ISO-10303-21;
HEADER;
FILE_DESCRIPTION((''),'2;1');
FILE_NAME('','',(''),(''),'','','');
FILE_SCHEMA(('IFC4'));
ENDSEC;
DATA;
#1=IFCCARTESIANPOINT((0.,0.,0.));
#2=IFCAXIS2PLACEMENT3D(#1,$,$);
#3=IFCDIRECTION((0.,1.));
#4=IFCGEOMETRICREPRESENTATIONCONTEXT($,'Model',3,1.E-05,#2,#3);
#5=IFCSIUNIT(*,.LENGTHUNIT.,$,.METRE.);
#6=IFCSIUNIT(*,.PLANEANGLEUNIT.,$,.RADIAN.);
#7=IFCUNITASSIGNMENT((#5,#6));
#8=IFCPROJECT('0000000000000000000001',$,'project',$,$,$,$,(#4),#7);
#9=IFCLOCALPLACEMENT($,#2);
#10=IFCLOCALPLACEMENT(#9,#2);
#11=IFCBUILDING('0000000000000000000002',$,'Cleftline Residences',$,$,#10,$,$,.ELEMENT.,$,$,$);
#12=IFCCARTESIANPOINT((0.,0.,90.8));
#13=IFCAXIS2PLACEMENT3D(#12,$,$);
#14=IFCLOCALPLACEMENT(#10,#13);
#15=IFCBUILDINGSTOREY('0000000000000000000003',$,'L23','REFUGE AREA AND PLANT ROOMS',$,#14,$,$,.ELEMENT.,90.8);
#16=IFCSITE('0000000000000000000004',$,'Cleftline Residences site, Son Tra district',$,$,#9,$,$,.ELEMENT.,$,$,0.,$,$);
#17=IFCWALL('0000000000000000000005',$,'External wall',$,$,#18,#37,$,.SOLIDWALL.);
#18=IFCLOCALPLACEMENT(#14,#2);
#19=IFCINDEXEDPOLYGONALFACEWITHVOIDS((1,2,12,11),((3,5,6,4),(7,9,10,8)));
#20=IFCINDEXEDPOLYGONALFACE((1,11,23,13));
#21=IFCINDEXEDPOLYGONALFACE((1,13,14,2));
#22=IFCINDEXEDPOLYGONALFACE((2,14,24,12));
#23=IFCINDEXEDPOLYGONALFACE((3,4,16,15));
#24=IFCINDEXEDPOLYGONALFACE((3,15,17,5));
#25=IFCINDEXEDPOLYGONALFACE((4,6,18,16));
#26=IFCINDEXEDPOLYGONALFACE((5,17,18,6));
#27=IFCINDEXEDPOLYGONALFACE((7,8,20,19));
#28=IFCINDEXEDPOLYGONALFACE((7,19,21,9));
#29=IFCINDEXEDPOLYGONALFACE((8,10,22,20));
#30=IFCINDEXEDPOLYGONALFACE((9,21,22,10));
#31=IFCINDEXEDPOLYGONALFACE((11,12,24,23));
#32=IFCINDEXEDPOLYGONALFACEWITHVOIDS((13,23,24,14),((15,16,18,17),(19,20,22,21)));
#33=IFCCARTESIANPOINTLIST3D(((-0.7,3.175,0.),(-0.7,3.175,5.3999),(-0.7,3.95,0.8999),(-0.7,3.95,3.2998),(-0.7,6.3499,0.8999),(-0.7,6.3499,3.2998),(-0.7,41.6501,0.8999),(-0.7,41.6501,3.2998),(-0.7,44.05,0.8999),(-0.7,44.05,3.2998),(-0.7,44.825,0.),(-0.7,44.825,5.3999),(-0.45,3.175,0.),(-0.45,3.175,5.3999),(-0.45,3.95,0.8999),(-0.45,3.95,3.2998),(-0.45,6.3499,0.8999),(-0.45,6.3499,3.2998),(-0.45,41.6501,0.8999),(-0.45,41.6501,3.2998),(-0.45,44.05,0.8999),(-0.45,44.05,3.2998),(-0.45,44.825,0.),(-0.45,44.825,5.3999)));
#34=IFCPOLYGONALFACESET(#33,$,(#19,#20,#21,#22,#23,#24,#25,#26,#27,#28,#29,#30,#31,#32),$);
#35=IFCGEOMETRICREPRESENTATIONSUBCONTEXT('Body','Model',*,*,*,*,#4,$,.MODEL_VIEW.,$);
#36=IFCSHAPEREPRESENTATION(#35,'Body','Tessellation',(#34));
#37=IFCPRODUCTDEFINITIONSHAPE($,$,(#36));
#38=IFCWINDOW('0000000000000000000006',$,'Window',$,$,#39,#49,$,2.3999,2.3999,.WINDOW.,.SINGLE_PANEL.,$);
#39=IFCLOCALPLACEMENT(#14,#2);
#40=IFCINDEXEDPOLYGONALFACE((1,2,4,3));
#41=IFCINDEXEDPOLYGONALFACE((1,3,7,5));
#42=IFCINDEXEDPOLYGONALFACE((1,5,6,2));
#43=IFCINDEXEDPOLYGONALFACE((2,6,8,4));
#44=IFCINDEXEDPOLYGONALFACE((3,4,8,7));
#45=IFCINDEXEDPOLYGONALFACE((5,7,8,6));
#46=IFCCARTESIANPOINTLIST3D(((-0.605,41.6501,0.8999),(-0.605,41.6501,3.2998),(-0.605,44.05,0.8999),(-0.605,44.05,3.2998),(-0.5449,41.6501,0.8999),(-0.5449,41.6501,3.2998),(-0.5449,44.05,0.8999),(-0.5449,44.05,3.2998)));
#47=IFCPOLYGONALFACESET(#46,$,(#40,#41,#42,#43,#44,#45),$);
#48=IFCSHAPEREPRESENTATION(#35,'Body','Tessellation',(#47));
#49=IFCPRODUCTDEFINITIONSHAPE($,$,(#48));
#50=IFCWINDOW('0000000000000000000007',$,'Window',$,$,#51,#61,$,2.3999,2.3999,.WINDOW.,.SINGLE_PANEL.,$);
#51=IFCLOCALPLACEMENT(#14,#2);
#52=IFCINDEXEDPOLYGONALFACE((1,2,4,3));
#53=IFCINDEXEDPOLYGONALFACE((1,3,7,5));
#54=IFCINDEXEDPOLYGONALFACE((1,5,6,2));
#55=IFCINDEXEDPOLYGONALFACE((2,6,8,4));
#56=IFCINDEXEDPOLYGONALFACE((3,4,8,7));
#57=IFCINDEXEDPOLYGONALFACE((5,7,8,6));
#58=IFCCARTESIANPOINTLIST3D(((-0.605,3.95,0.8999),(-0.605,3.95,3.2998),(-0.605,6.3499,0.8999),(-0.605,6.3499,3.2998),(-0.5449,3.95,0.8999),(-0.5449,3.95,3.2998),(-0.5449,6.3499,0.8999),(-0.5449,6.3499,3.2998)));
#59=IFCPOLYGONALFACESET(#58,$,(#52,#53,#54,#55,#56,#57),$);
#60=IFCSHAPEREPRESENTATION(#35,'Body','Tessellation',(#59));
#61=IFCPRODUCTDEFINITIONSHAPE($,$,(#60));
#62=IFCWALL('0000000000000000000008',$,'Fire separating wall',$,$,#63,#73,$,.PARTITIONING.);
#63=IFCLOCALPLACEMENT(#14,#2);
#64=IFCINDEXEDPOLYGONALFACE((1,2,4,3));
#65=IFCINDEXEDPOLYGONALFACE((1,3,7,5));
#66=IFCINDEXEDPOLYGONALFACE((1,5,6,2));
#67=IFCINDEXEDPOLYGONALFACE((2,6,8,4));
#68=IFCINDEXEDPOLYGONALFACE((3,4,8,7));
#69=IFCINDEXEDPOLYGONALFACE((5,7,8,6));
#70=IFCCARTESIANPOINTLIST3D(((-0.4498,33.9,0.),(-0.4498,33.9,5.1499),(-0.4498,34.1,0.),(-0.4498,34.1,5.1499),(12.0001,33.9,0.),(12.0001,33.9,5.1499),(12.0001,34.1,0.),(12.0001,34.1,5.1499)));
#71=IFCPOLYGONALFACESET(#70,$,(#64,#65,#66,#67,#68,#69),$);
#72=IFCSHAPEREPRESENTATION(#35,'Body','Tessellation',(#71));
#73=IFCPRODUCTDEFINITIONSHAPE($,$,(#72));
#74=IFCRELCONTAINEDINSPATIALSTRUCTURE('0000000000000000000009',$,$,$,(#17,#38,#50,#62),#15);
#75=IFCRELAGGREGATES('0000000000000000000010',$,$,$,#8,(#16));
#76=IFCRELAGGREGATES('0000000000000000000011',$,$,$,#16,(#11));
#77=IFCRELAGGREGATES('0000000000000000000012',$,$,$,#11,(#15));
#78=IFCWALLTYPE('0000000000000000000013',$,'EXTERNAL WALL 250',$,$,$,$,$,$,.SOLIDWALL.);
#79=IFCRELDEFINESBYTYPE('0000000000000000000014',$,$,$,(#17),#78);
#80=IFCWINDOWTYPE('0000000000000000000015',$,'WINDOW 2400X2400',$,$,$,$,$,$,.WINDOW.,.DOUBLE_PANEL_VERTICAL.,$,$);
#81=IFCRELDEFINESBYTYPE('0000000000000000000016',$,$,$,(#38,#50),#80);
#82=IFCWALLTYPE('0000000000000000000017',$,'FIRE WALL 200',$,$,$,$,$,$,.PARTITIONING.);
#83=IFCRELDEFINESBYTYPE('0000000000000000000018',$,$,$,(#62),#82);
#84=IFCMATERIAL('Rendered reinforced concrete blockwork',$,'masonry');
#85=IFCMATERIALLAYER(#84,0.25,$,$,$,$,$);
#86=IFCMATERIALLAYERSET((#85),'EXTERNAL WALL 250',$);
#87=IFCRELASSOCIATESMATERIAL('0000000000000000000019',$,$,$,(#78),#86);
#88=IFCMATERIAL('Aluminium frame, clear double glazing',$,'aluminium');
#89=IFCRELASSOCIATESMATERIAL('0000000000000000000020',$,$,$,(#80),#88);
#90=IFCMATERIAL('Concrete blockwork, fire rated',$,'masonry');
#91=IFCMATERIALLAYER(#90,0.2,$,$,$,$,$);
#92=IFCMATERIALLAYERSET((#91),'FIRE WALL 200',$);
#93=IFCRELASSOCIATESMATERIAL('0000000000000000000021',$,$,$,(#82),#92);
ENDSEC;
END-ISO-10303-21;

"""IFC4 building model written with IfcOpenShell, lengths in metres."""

from ifc_helpers import new_model, si_unit, direction, frame, frame_2d, origin, place, context, subcontext, project, spatial, rectangle, extrude, material, layer, layer_set, type_object, element, fill, save


model = new_model("IFC4")

# Units and contexts
model_context = context("Model", 3, precision=1e-05, world=origin(), true_north=direction((0.0, 1.0)))
body_context = subcontext(model_context, "Body", "Model", "MODEL_VIEW")
ifc_project = project(units=[si_unit("LENGTHUNIT", "METRE"), si_unit("PLANEANGLEUNIT", "RADIAN")], contexts=[model_context])

# Site, building, storey
site_placement = place(None, origin())
site = spatial("IfcSite", under=ifc_project, at=site_placement, Name="Cleftline Residences site, Son Tra district", CompositionType="ELEMENT", RefElevation=0.0)
building_placement = place(site_placement, origin())
building = spatial("IfcBuilding", under=site, at=building_placement, Name="Cleftline Residences", CompositionType="ELEMENT")
storey_placement = place(building_placement, frame((0.0, 0.0, 90.8)))
storey = spatial("IfcBuildingStorey", under=building, at=storey_placement, Name="L23", Description="REFUGE AREA AND PLANT ROOMS", CompositionType="ELEMENT", Elevation=90.8)

# Shared definitions
ifc_material_1 = material(Name="Rendered reinforced concrete blockwork", Category="masonry")
ifc_layer_1 = layer(ifc_material_1, 0.25)
ifc_layer_set_1 = layer_set([ifc_layer_1], Name="EXTERNAL WALL 250")
wall_type_1 = type_object("IfcWallType", Name="EXTERNAL WALL 250", PredefinedType="SOLIDWALL", material=ifc_layer_set_1)
ifc_material_2 = material(Name="Aluminium frame, clear double glazing", Category="aluminium")
window_type = type_object("IfcWindowType", Name="WINDOW 2400X2400", PartitioningType="DOUBLE_PANEL_VERTICAL", PredefinedType="WINDOW", material=ifc_material_2)

# Wall, openings, windows
wall_1_placement = place(storey_placement, frame((-0.575, 44.825, 0.0), z_axis=(0.0, 0.0, 1.0), x_axis=(0.0, -1.0, 0.0)))
wall_1 = element("IfcWall", 1, at=wall_1_placement, inside=storey, type_object=wall_type_1, Name="External wall", PredefinedType="SOLIDWALL", context=body_context, shape_type="SweptSolid", body=[
    extrude(rectangle(XDim=41.6499, YDim=0.25, at=frame_2d((20.825, 0.0))), origin(), (0.0, 0.0, 1.0), 5.3999),
])
opening_1_placement = place(wall_1_placement, frame((0.7749, 0.0, 0.8999)))
opening_1 = element("IfcOpeningElement", 2, at=opening_1_placement, cuts=wall_1, PredefinedType="OPENING", context=body_context, shape_type="SweptSolid", body=[
    extrude(rectangle(XDim=2.3999, YDim=2.3999, at=frame_2d((1.2, 1.2))), frame((0.0, 0.135, 0.0), z_axis=(0.0, -1.0, 0.0), x_axis=(1.0, 0.0, 0.0)), (0.0, 0.0, 1.0), 0.27),
])
opening_2_placement = place(wall_1_placement, frame((38.4751, 0.0, 0.8999)))
opening_2 = element("IfcOpeningElement", 3, at=opening_2_placement, cuts=wall_1, PredefinedType="OPENING", context=body_context, shape_type="SweptSolid", body=[
    extrude(rectangle(XDim=2.3999, YDim=2.3999, at=frame_2d((1.2, 1.2))), frame((0.0, 0.135, 0.0), z_axis=(0.0, -1.0, 0.0), x_axis=(1.0, 0.0, 0.0)), (0.0, 0.0, 1.0), 0.27),
])
window_1_placement = place(opening_1_placement, origin())
window_1 = element("IfcWindow", 4, at=window_1_placement, inside=storey, type_object=window_type, Name="Window", OverallHeight=2.3999, OverallWidth=2.3999, PartitioningType="SINGLE_PANEL", PredefinedType="WINDOW", context=body_context, shape_type="SweptSolid", body=[
    extrude(rectangle(XDim=2.3999, YDim=2.3999, at=frame_2d((1.2, 1.2))), frame((0.0, 0.03, 0.0), z_axis=(0.0, -1.0, 0.0), x_axis=(1.0, 0.0, 0.0)), (0.0, 0.0, 1.0), 0.0601),
])
fill(opening_1, window_1)
window_2_placement = place(opening_2_placement, origin())
window_2 = element("IfcWindow", 5, at=window_2_placement, inside=storey, type_object=window_type, Name="Window", OverallHeight=2.3999, OverallWidth=2.3999, PartitioningType="SINGLE_PANEL", PredefinedType="WINDOW", context=body_context, shape_type="SweptSolid", body=[
    extrude(rectangle(XDim=2.3999, YDim=2.3999, at=frame_2d((1.2, 1.2))), frame((0.0, 0.03, 0.0), z_axis=(0.0, -1.0, 0.0), x_axis=(1.0, 0.0, 0.0)), (0.0, 0.0, 1.0), 0.0601),
])
fill(opening_2, window_2)

# Wall
ifc_material_3 = material(Name="Concrete blockwork, fire rated", Category="masonry")
ifc_layer_2 = layer(ifc_material_3, 0.2)
ifc_layer_set_2 = layer_set([ifc_layer_2], Name="FIRE WALL 200")
wall_type_2 = type_object("IfcWallType", Name="FIRE WALL 200", PredefinedType="PARTITIONING", material=ifc_layer_set_2)
wall_2_placement = place(storey_placement, frame((-0.45, 34.0, 0.0), z_axis=(0.0, 0.0, 1.0), x_axis=(1.0, 0.0, 0.0)))
element("IfcWall", 6, at=wall_2_placement, inside=storey, type_object=wall_type_2, Name="Fire separating wall", PredefinedType="PARTITIONING", context=body_context, shape_type="SweptSolid", body=[
    extrude(rectangle(XDim=12.45, YDim=0.2, at=frame_2d((6.2251, 0.0))), origin(), (0.0, 0.0, 1.0), 5.1499),
])

save(model, "model.ifc")
